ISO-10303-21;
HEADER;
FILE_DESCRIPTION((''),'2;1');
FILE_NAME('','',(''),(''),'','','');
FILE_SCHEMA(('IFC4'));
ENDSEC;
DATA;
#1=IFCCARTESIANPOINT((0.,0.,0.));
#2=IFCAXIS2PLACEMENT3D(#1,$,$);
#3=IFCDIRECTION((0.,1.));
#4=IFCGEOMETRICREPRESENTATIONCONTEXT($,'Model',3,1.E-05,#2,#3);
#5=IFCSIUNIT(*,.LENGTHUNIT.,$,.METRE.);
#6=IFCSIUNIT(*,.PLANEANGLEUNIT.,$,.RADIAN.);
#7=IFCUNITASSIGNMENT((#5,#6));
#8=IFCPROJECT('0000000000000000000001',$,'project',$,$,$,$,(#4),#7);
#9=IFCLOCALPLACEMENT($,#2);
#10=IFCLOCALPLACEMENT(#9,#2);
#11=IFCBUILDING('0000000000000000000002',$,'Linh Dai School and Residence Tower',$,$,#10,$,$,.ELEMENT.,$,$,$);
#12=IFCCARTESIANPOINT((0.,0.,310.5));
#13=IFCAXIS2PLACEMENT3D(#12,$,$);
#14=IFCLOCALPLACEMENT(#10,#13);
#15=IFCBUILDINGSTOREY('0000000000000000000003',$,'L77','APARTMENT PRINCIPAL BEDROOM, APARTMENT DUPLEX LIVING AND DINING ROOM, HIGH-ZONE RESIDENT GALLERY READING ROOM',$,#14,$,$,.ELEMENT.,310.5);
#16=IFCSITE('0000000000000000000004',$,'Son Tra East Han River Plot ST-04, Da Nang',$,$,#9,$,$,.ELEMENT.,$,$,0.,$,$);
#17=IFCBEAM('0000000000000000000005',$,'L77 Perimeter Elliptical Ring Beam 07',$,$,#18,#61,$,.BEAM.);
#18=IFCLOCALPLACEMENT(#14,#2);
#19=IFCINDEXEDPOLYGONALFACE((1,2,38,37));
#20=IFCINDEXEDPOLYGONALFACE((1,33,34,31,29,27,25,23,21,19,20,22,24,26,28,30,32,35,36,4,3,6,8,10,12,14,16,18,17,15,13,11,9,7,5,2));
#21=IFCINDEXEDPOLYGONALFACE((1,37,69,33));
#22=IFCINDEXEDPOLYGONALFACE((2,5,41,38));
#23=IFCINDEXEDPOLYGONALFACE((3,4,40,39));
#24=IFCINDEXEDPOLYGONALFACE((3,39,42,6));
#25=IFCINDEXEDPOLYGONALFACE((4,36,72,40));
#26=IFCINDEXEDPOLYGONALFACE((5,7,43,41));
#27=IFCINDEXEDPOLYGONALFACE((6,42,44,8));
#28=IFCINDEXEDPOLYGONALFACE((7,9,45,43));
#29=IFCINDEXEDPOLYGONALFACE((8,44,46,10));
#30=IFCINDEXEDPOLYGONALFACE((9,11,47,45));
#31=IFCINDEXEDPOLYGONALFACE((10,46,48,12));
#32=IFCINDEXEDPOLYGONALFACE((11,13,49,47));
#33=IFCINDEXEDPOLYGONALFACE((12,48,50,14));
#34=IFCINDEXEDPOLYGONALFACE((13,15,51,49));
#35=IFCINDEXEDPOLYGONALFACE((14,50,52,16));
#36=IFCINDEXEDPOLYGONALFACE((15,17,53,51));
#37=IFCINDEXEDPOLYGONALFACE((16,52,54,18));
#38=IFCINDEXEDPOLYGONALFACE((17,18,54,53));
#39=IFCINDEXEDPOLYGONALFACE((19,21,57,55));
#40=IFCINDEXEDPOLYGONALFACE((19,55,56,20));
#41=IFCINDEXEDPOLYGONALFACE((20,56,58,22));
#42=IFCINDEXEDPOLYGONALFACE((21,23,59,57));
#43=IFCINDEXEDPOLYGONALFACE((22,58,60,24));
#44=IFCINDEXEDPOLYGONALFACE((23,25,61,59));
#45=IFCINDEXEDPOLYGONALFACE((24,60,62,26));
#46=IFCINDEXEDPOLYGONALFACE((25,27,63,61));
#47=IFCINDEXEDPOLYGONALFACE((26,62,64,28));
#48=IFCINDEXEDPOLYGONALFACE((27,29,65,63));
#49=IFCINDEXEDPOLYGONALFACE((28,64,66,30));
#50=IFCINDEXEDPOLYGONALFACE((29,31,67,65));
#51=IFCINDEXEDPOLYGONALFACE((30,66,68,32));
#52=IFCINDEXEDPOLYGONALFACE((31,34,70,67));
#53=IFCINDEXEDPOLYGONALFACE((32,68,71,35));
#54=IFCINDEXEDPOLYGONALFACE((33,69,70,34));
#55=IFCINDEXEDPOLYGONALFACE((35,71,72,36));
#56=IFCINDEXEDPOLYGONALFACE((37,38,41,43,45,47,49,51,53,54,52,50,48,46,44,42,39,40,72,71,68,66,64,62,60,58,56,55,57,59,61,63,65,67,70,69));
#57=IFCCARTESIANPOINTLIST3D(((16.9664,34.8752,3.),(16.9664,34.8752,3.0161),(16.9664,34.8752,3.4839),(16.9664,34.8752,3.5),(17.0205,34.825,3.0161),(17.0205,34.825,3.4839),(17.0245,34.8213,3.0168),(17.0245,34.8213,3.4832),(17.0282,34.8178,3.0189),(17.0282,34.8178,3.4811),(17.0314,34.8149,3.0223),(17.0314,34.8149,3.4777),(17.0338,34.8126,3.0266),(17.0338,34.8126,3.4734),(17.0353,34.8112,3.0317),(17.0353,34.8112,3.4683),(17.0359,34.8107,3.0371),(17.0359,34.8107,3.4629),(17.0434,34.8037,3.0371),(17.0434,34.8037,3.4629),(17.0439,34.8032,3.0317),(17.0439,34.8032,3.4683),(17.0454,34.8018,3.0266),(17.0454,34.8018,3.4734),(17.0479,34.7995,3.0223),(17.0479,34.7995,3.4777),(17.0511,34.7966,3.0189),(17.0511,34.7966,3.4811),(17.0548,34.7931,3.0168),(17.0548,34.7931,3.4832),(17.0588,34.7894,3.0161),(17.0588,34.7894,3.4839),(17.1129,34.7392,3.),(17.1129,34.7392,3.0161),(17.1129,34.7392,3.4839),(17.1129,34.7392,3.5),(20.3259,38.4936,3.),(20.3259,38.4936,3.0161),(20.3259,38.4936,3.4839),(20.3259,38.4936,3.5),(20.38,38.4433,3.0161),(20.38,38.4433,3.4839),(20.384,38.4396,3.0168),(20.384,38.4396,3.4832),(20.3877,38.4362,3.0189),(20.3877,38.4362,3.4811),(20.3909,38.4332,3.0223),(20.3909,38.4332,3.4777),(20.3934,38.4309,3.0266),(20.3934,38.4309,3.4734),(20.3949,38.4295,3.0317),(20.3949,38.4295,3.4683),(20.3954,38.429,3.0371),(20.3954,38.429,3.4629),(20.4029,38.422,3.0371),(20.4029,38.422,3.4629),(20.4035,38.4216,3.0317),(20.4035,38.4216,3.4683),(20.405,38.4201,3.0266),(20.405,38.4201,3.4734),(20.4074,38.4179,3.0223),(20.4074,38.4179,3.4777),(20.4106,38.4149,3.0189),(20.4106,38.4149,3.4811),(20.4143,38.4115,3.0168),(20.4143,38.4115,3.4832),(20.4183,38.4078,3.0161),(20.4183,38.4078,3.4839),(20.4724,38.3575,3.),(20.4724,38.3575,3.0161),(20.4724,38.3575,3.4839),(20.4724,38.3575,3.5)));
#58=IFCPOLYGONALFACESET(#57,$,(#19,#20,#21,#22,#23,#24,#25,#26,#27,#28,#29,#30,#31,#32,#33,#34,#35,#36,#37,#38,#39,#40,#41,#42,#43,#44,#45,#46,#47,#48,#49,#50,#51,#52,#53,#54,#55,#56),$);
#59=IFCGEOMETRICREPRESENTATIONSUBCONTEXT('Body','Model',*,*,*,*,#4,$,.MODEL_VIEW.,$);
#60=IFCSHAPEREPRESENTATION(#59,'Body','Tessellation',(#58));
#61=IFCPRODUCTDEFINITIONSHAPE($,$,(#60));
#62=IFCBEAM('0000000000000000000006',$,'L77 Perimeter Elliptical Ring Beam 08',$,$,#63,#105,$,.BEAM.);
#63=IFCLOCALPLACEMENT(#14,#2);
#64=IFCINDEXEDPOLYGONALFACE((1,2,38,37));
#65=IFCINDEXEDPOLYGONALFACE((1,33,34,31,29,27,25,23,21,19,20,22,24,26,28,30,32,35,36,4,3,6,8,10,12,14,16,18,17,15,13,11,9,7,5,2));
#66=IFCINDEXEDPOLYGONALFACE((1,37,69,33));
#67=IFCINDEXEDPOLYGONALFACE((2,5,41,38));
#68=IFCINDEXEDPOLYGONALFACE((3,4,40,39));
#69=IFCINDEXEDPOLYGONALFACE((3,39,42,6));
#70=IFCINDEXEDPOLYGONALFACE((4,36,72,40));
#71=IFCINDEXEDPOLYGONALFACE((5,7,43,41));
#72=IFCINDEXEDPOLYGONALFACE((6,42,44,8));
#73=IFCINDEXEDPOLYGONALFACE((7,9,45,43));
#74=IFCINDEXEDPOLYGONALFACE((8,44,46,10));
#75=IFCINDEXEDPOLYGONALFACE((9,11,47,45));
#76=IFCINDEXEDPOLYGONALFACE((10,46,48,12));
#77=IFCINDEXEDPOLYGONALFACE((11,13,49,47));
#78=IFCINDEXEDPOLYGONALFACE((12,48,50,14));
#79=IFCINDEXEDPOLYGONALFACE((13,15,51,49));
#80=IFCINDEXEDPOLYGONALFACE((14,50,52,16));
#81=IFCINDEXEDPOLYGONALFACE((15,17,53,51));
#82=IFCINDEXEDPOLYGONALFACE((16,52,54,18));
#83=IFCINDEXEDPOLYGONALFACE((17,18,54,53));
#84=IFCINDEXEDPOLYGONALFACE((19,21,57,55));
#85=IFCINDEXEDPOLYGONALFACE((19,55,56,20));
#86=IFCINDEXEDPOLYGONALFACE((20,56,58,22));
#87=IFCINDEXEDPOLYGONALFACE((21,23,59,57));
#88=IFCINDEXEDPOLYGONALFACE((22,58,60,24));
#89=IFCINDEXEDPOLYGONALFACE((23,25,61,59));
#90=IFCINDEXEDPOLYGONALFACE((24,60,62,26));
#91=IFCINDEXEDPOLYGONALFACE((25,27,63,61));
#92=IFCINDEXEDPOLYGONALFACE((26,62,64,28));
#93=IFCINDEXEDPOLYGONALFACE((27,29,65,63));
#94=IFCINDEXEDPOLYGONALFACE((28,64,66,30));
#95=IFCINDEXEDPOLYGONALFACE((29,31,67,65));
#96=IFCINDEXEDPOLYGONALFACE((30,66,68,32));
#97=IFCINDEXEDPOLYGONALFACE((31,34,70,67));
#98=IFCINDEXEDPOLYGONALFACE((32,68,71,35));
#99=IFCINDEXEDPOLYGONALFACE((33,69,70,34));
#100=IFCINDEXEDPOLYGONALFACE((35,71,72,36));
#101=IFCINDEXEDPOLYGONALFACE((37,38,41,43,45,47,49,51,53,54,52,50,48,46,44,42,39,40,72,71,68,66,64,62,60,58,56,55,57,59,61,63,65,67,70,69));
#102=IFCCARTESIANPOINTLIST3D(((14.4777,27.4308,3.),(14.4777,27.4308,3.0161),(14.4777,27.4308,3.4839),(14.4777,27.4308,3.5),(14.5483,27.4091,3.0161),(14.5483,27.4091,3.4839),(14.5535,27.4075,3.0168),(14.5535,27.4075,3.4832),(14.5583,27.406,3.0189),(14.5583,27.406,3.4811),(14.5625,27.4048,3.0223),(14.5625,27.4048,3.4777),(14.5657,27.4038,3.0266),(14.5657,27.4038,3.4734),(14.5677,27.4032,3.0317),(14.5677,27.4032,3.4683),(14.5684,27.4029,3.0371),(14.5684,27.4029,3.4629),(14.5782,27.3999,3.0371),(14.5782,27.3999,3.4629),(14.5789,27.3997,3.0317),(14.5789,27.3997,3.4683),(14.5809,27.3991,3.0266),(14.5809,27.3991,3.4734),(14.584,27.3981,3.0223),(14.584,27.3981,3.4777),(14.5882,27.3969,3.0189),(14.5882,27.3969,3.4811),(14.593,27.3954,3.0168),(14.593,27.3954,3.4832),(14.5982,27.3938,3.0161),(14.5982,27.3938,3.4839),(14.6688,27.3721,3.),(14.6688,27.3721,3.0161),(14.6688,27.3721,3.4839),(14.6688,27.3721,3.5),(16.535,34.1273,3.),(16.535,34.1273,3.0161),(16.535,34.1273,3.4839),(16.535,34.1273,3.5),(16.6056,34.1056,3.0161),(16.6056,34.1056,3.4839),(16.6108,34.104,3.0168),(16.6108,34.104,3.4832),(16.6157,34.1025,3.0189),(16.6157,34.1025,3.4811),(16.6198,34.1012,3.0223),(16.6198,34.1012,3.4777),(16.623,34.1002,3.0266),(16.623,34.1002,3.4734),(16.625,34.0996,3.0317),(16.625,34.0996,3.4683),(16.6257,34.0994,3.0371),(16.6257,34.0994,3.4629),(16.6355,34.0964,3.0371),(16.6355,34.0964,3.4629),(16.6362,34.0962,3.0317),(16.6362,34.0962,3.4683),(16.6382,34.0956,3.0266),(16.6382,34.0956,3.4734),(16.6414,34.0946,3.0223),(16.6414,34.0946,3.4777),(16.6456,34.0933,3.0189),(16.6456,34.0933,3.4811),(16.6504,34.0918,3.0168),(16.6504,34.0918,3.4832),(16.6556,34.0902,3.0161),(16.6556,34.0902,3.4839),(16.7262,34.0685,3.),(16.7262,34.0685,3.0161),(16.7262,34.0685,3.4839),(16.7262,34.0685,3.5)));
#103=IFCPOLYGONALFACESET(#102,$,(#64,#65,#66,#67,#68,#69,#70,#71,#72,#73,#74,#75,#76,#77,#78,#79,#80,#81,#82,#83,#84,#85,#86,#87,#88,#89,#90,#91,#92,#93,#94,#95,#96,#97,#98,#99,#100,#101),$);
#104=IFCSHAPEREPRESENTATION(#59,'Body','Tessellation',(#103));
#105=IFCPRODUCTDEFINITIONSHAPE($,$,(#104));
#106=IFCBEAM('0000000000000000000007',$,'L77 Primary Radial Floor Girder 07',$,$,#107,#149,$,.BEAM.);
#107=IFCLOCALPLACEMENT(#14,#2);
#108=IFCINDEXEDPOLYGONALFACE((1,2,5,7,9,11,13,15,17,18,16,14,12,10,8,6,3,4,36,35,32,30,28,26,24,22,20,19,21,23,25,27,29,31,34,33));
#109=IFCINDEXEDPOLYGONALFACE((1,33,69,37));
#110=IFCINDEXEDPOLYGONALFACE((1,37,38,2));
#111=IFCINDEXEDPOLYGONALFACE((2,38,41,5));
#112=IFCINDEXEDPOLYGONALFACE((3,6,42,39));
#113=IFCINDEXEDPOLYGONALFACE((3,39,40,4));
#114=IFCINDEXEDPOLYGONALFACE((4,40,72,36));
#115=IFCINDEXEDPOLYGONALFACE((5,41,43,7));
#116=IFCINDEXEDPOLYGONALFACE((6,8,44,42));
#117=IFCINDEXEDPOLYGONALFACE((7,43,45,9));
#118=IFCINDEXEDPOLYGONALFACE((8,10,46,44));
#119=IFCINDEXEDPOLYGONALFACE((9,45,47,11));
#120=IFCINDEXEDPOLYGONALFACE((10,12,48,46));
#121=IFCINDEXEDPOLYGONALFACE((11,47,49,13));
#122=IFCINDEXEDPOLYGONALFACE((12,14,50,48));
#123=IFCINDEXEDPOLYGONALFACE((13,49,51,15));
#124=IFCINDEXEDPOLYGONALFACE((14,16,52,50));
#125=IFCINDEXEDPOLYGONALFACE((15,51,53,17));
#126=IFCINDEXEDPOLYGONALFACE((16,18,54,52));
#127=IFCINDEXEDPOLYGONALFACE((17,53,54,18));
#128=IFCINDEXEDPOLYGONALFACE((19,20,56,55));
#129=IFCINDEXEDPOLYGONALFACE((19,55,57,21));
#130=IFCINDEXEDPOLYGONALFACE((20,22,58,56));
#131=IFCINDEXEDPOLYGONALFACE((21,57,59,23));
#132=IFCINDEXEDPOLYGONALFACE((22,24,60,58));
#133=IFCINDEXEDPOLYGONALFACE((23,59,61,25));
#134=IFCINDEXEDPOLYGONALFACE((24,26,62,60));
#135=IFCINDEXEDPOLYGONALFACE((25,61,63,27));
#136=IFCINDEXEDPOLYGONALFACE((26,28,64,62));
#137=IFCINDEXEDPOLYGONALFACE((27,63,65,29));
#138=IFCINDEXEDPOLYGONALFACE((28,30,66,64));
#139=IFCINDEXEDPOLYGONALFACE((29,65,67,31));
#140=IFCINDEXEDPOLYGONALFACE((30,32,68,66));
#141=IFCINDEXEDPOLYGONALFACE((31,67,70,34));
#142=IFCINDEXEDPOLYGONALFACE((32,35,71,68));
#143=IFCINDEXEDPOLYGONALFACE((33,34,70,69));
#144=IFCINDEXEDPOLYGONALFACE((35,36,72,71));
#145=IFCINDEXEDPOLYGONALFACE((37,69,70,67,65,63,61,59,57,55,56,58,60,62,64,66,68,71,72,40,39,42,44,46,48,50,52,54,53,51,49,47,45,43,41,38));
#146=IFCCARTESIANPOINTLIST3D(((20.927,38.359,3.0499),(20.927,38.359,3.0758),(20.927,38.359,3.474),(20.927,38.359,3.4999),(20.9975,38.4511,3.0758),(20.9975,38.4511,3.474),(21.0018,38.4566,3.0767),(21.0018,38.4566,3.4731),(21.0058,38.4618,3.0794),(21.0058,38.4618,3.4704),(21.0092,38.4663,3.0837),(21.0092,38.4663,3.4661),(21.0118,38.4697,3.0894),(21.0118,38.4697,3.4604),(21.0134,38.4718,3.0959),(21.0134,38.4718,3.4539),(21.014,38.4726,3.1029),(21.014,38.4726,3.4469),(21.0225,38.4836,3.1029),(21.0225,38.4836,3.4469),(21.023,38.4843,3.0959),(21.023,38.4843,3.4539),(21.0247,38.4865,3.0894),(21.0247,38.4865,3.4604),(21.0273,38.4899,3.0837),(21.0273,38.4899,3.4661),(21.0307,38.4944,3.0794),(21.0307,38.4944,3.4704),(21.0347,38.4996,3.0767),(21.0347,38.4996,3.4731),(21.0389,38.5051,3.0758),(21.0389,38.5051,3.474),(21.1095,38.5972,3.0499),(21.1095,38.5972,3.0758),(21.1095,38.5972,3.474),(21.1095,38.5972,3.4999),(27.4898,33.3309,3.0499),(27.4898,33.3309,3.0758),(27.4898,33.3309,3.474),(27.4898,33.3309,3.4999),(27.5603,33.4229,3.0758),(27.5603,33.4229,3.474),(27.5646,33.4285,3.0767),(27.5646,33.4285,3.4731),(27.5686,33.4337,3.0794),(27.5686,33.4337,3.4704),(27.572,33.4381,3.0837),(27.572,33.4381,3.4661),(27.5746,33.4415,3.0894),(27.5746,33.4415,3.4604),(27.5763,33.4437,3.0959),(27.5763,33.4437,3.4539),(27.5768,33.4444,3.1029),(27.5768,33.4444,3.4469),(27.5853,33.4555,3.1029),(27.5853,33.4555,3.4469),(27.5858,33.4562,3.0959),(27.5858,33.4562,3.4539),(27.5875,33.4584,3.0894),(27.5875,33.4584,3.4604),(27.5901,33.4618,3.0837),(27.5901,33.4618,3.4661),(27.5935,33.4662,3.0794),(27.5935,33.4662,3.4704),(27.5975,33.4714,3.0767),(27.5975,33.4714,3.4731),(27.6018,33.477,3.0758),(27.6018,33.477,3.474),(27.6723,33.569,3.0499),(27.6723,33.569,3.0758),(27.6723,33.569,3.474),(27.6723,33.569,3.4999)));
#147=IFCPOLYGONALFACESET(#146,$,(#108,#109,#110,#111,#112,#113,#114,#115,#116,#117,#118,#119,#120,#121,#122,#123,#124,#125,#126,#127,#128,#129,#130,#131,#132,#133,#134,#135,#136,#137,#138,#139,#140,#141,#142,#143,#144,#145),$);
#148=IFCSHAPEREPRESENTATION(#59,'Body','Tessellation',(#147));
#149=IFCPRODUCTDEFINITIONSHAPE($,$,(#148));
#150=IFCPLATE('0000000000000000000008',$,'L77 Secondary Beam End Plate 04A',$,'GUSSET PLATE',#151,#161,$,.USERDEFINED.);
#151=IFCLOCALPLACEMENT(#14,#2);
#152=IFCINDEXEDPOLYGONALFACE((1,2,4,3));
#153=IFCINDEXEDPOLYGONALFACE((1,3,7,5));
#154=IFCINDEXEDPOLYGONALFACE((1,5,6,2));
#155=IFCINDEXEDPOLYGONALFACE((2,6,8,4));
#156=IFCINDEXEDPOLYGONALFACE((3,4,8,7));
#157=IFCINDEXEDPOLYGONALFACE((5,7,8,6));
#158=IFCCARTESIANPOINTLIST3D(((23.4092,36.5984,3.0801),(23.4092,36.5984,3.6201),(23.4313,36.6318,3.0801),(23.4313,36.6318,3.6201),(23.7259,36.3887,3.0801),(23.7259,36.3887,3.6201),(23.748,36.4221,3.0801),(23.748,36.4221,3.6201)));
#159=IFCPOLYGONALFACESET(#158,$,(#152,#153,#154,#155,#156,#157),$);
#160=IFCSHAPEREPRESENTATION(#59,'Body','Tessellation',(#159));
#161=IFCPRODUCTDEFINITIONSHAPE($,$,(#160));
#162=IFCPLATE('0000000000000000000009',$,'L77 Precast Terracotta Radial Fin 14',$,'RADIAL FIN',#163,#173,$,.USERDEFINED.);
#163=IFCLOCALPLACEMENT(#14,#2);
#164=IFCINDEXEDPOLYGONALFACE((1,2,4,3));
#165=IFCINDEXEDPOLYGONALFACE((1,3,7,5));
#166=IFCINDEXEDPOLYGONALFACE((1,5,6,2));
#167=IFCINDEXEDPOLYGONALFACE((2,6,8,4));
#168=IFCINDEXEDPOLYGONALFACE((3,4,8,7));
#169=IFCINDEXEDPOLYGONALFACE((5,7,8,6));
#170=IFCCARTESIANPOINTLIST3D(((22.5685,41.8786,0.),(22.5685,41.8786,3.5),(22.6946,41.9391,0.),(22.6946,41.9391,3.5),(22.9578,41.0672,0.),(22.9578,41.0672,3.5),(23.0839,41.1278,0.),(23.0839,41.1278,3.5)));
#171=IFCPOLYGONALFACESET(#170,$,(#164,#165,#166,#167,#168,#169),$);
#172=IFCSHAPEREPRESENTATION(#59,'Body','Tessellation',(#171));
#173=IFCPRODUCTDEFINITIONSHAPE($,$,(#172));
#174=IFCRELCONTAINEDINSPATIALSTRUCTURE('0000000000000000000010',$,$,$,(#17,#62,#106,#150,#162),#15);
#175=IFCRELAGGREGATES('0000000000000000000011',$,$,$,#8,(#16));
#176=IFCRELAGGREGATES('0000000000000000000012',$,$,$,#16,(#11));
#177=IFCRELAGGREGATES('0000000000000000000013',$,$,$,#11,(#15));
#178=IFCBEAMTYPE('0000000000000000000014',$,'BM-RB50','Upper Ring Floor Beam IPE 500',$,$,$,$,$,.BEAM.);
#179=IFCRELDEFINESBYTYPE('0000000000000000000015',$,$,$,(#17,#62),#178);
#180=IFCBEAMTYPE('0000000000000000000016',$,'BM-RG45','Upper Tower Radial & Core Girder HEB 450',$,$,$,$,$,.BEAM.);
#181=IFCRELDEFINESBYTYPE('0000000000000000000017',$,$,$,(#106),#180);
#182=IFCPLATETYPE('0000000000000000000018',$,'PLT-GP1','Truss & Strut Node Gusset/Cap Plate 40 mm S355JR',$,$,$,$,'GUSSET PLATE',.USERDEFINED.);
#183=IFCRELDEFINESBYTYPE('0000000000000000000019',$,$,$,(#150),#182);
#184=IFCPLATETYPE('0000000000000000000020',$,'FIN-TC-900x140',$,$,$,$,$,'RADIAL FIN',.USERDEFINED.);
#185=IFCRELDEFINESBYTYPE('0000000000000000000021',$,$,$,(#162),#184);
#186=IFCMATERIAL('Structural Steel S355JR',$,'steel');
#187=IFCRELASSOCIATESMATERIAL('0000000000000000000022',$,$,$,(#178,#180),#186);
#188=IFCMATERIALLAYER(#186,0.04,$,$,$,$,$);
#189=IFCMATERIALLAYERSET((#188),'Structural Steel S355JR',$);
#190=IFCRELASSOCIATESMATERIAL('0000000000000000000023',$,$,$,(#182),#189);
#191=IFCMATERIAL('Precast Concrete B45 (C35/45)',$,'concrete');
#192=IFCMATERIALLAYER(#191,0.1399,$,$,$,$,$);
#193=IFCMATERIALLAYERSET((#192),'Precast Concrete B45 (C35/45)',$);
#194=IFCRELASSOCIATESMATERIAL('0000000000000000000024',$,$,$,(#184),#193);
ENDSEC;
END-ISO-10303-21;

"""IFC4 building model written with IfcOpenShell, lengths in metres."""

from ifc_helpers import new_model, si_unit, direction, frame, origin, origin_2d, place, context, subcontext, project, spatial, rectangle, i_section, extrude, source, transform, mapped, material, layer, layer_set, material_profile, profile_set, type_object, element, save


model = new_model("IFC4")

# Units and contexts
model_context = context("Model", 3, precision=1e-05, world=origin(), true_north=direction((0.0, 1.0)))
body_context = subcontext(model_context, "Body", "Model", "MODEL_VIEW")
ifc_project = project(units=[si_unit("LENGTHUNIT", "METRE"), si_unit("PLANEANGLEUNIT", "RADIAN")], contexts=[model_context])

# Site, building, storey
site_placement = place(None, origin())
site = spatial("IfcSite", under=ifc_project, at=site_placement, Name="Son Tra East Han River Plot ST-04, Da Nang", CompositionType="ELEMENT", RefElevation=0.0)
building_placement = place(site_placement, origin())
building = spatial("IfcBuilding", under=site, at=building_placement, Name="Linh Dai School and Residence Tower", CompositionType="ELEMENT")
storey_placement = place(building_placement, frame((0.0, 0.0, 310.5)))
storey = spatial("IfcBuildingStorey", under=building, at=storey_placement, Name="L77", Description="APARTMENT PRINCIPAL BEDROOM, APARTMENT DUPLEX LIVING AND DINING ROOM, HIGH-ZONE RESIDENT GALLERY READING ROOM", CompositionType="ELEMENT", Elevation=310.5)

# Shared definitions
ifc_material_1 = material(Name="Structural Steel S355JR", Category="steel")

# Beams
ifc_material_profile_1 = material_profile(ifc_material_1, i_section(OverallWidth=0.2, OverallDepth=0.5, WebThickness=0.0103, FlangeThickness=0.0161, FilletRadius=0.021, at=origin_2d()), Name="IPE 500")
ifc_profile_set_1 = profile_set([ifc_material_profile_1], Name="Structural Steel S355JR")
beam_type_1 = type_object("IfcBeamType", Name="BM-RB50", Description="Upper Ring Floor Beam IPE 500", PredefinedType="BEAM", material=ifc_profile_set_1)
beam_1_placement = place(storey_placement, frame((20.3992, 38.4255, 3.25), z_axis=(-0.680415, -0.732827, 0.0), x_axis=(0.732827, -0.680415, 0.0)))
element("IfcBeam", 1, at=beam_1_placement, inside=storey, type_object=beam_type_1, Name="L77 Perimeter Elliptical Ring Beam 07", PredefinedType="BEAM", context=body_context, shape_type="SweptSolid", body=[
    extrude(i_section(OverallWidth=0.2, OverallDepth=0.5, WebThickness=0.0103, FlangeThickness=0.0161, FilletRadius=0.021, at=origin_2d()), origin(), (0.0, 0.0, 1.0), 4.9375),
])
beam_2_placement = place(storey_placement, frame((16.6306, 34.0979, 3.25), z_axis=(-0.293682, -0.955903, 0.0), x_axis=(0.955903, -0.293682, 0.0)))
element("IfcBeam", 2, at=beam_2_placement, inside=storey, type_object=beam_type_1, Name="L77 Perimeter Elliptical Ring Beam 08", PredefinedType="BEAM", context=body_context, shape_type="SweptSolid", body=[
    extrude(i_section(OverallWidth=0.2, OverallDepth=0.5, WebThickness=0.0103, FlangeThickness=0.0161, FilletRadius=0.021, at=origin_2d()), origin(), (0.0, 0.0, 1.0), 7.0054),
])
ifc_material_profile_2 = material_profile(ifc_material_1, i_section(OverallWidth=0.3, OverallDepth=0.45, WebThickness=0.0139, FlangeThickness=0.0259, FilletRadius=0.0271, at=origin_2d()), Name="HEB 450")
ifc_profile_set_2 = profile_set([ifc_material_profile_2], Name="Structural Steel S355JR")
beam_type_2 = type_object("IfcBeamType", Name="BM-RG45", Description="Upper Tower Radial & Core Girder HEB 450", PredefinedType="BEAM", material=ifc_profile_set_2)
beam_3_placement = place(storey_placement, frame((27.5811, 33.45, 3.2749), z_axis=(-0.793803, 0.608175, 0.0), x_axis=(-0.608175, -0.793803, 0.0)))
element("IfcBeam", 3, at=beam_3_placement, inside=storey, type_object=beam_type_2, Name="L77 Primary Radial Floor Girder 07", PredefinedType="BEAM", context=body_context, shape_type="SweptSolid", body=[
    extrude(i_section(OverallWidth=0.3, OverallDepth=0.45, WebThickness=0.0139, FlangeThickness=0.0259, FilletRadius=0.0271, at=origin_2d()), origin(), (0.0, 0.0, 1.0), 8.2676),
])

# Plates
ifc_layer_1 = layer(ifc_material_1, 0.04)
ifc_layer_set_1 = layer_set([ifc_layer_1], Name="Structural Steel S355JR")
plate_type_1 = type_object("IfcPlateType", Name="PLT-GP1", Description="Truss & Strut Node Gusset/Cap Plate 40 mm S355JR", ElementType="GUSSET PLATE", PredefinedType="USERDEFINED", material=ifc_layer_set_1)
shared_shape_1 = source(origin(), body_context, "Body", "SweptSolid", [
    extrude(rectangle(XDim=0.04, YDim=0.3799, at=origin_2d()), origin(), (0.0, 0.0, 1.0), 0.54),
])
plate_1_placement = place(storey_placement, frame((23.5786, 36.5103, 3.0801), z_axis=(0.0, 0.0, 1.0), x_axis=(-0.552122, -0.833763, 0.0)))
element("IfcPlate", 4, at=plate_1_placement, inside=storey, type_object=plate_type_1, Name="L77 Secondary Beam End Plate 04A", ObjectType="GUSSET PLATE", PredefinedType="USERDEFINED", context=body_context, shape_type="MappedRepresentation", body=[
    mapped(shared_shape_1, transform((0.0, 0.0, 0.0), x_axis=(1.0, 0.0, 0.0), y_axis=(0.0, 1.0, 0.0), z_axis=(0.0, 0.0, 1.0), scale=1.0)),
])
ifc_material_2 = material(Name="Precast Concrete B45 (C35/45)", Category="concrete")
ifc_layer_2 = layer(ifc_material_2, 0.1399)
ifc_layer_set_2 = layer_set([ifc_layer_2], Name="Precast Concrete B45 (C35/45)")
plate_type_2 = type_object("IfcPlateType", Name="FIN-TC-900x140", ElementType="RADIAL FIN", PredefinedType="USERDEFINED", material=ifc_layer_set_2)
shared_shape_2 = source(origin(), body_context, "Body", "SweptSolid", [
    extrude(rectangle(XDim=0.8999, YDim=0.1399, at=origin_2d()), origin(), (0.0, 0.0, 1.0), 3.5),
])
plate_2_placement = place(storey_placement, frame((22.8262, 41.5032, 0.0), z_axis=(0.0, 0.0, 1.0), x_axis=(-0.432612, 0.90158, 0.0)))
element("IfcPlate", 5, at=plate_2_placement, inside=storey, type_object=plate_type_2, Name="L77 Precast Terracotta Radial Fin 14", ObjectType="RADIAL FIN", PredefinedType="USERDEFINED", context=body_context, shape_type="MappedRepresentation", body=[
    mapped(shared_shape_2, transform((0.0, 0.0, 0.0), x_axis=(1.0, 0.0, 0.0), y_axis=(0.0, 1.0, 0.0), z_axis=(0.0, 0.0, 1.0), scale=1.0)),
])

save(model, "model.ifc")
